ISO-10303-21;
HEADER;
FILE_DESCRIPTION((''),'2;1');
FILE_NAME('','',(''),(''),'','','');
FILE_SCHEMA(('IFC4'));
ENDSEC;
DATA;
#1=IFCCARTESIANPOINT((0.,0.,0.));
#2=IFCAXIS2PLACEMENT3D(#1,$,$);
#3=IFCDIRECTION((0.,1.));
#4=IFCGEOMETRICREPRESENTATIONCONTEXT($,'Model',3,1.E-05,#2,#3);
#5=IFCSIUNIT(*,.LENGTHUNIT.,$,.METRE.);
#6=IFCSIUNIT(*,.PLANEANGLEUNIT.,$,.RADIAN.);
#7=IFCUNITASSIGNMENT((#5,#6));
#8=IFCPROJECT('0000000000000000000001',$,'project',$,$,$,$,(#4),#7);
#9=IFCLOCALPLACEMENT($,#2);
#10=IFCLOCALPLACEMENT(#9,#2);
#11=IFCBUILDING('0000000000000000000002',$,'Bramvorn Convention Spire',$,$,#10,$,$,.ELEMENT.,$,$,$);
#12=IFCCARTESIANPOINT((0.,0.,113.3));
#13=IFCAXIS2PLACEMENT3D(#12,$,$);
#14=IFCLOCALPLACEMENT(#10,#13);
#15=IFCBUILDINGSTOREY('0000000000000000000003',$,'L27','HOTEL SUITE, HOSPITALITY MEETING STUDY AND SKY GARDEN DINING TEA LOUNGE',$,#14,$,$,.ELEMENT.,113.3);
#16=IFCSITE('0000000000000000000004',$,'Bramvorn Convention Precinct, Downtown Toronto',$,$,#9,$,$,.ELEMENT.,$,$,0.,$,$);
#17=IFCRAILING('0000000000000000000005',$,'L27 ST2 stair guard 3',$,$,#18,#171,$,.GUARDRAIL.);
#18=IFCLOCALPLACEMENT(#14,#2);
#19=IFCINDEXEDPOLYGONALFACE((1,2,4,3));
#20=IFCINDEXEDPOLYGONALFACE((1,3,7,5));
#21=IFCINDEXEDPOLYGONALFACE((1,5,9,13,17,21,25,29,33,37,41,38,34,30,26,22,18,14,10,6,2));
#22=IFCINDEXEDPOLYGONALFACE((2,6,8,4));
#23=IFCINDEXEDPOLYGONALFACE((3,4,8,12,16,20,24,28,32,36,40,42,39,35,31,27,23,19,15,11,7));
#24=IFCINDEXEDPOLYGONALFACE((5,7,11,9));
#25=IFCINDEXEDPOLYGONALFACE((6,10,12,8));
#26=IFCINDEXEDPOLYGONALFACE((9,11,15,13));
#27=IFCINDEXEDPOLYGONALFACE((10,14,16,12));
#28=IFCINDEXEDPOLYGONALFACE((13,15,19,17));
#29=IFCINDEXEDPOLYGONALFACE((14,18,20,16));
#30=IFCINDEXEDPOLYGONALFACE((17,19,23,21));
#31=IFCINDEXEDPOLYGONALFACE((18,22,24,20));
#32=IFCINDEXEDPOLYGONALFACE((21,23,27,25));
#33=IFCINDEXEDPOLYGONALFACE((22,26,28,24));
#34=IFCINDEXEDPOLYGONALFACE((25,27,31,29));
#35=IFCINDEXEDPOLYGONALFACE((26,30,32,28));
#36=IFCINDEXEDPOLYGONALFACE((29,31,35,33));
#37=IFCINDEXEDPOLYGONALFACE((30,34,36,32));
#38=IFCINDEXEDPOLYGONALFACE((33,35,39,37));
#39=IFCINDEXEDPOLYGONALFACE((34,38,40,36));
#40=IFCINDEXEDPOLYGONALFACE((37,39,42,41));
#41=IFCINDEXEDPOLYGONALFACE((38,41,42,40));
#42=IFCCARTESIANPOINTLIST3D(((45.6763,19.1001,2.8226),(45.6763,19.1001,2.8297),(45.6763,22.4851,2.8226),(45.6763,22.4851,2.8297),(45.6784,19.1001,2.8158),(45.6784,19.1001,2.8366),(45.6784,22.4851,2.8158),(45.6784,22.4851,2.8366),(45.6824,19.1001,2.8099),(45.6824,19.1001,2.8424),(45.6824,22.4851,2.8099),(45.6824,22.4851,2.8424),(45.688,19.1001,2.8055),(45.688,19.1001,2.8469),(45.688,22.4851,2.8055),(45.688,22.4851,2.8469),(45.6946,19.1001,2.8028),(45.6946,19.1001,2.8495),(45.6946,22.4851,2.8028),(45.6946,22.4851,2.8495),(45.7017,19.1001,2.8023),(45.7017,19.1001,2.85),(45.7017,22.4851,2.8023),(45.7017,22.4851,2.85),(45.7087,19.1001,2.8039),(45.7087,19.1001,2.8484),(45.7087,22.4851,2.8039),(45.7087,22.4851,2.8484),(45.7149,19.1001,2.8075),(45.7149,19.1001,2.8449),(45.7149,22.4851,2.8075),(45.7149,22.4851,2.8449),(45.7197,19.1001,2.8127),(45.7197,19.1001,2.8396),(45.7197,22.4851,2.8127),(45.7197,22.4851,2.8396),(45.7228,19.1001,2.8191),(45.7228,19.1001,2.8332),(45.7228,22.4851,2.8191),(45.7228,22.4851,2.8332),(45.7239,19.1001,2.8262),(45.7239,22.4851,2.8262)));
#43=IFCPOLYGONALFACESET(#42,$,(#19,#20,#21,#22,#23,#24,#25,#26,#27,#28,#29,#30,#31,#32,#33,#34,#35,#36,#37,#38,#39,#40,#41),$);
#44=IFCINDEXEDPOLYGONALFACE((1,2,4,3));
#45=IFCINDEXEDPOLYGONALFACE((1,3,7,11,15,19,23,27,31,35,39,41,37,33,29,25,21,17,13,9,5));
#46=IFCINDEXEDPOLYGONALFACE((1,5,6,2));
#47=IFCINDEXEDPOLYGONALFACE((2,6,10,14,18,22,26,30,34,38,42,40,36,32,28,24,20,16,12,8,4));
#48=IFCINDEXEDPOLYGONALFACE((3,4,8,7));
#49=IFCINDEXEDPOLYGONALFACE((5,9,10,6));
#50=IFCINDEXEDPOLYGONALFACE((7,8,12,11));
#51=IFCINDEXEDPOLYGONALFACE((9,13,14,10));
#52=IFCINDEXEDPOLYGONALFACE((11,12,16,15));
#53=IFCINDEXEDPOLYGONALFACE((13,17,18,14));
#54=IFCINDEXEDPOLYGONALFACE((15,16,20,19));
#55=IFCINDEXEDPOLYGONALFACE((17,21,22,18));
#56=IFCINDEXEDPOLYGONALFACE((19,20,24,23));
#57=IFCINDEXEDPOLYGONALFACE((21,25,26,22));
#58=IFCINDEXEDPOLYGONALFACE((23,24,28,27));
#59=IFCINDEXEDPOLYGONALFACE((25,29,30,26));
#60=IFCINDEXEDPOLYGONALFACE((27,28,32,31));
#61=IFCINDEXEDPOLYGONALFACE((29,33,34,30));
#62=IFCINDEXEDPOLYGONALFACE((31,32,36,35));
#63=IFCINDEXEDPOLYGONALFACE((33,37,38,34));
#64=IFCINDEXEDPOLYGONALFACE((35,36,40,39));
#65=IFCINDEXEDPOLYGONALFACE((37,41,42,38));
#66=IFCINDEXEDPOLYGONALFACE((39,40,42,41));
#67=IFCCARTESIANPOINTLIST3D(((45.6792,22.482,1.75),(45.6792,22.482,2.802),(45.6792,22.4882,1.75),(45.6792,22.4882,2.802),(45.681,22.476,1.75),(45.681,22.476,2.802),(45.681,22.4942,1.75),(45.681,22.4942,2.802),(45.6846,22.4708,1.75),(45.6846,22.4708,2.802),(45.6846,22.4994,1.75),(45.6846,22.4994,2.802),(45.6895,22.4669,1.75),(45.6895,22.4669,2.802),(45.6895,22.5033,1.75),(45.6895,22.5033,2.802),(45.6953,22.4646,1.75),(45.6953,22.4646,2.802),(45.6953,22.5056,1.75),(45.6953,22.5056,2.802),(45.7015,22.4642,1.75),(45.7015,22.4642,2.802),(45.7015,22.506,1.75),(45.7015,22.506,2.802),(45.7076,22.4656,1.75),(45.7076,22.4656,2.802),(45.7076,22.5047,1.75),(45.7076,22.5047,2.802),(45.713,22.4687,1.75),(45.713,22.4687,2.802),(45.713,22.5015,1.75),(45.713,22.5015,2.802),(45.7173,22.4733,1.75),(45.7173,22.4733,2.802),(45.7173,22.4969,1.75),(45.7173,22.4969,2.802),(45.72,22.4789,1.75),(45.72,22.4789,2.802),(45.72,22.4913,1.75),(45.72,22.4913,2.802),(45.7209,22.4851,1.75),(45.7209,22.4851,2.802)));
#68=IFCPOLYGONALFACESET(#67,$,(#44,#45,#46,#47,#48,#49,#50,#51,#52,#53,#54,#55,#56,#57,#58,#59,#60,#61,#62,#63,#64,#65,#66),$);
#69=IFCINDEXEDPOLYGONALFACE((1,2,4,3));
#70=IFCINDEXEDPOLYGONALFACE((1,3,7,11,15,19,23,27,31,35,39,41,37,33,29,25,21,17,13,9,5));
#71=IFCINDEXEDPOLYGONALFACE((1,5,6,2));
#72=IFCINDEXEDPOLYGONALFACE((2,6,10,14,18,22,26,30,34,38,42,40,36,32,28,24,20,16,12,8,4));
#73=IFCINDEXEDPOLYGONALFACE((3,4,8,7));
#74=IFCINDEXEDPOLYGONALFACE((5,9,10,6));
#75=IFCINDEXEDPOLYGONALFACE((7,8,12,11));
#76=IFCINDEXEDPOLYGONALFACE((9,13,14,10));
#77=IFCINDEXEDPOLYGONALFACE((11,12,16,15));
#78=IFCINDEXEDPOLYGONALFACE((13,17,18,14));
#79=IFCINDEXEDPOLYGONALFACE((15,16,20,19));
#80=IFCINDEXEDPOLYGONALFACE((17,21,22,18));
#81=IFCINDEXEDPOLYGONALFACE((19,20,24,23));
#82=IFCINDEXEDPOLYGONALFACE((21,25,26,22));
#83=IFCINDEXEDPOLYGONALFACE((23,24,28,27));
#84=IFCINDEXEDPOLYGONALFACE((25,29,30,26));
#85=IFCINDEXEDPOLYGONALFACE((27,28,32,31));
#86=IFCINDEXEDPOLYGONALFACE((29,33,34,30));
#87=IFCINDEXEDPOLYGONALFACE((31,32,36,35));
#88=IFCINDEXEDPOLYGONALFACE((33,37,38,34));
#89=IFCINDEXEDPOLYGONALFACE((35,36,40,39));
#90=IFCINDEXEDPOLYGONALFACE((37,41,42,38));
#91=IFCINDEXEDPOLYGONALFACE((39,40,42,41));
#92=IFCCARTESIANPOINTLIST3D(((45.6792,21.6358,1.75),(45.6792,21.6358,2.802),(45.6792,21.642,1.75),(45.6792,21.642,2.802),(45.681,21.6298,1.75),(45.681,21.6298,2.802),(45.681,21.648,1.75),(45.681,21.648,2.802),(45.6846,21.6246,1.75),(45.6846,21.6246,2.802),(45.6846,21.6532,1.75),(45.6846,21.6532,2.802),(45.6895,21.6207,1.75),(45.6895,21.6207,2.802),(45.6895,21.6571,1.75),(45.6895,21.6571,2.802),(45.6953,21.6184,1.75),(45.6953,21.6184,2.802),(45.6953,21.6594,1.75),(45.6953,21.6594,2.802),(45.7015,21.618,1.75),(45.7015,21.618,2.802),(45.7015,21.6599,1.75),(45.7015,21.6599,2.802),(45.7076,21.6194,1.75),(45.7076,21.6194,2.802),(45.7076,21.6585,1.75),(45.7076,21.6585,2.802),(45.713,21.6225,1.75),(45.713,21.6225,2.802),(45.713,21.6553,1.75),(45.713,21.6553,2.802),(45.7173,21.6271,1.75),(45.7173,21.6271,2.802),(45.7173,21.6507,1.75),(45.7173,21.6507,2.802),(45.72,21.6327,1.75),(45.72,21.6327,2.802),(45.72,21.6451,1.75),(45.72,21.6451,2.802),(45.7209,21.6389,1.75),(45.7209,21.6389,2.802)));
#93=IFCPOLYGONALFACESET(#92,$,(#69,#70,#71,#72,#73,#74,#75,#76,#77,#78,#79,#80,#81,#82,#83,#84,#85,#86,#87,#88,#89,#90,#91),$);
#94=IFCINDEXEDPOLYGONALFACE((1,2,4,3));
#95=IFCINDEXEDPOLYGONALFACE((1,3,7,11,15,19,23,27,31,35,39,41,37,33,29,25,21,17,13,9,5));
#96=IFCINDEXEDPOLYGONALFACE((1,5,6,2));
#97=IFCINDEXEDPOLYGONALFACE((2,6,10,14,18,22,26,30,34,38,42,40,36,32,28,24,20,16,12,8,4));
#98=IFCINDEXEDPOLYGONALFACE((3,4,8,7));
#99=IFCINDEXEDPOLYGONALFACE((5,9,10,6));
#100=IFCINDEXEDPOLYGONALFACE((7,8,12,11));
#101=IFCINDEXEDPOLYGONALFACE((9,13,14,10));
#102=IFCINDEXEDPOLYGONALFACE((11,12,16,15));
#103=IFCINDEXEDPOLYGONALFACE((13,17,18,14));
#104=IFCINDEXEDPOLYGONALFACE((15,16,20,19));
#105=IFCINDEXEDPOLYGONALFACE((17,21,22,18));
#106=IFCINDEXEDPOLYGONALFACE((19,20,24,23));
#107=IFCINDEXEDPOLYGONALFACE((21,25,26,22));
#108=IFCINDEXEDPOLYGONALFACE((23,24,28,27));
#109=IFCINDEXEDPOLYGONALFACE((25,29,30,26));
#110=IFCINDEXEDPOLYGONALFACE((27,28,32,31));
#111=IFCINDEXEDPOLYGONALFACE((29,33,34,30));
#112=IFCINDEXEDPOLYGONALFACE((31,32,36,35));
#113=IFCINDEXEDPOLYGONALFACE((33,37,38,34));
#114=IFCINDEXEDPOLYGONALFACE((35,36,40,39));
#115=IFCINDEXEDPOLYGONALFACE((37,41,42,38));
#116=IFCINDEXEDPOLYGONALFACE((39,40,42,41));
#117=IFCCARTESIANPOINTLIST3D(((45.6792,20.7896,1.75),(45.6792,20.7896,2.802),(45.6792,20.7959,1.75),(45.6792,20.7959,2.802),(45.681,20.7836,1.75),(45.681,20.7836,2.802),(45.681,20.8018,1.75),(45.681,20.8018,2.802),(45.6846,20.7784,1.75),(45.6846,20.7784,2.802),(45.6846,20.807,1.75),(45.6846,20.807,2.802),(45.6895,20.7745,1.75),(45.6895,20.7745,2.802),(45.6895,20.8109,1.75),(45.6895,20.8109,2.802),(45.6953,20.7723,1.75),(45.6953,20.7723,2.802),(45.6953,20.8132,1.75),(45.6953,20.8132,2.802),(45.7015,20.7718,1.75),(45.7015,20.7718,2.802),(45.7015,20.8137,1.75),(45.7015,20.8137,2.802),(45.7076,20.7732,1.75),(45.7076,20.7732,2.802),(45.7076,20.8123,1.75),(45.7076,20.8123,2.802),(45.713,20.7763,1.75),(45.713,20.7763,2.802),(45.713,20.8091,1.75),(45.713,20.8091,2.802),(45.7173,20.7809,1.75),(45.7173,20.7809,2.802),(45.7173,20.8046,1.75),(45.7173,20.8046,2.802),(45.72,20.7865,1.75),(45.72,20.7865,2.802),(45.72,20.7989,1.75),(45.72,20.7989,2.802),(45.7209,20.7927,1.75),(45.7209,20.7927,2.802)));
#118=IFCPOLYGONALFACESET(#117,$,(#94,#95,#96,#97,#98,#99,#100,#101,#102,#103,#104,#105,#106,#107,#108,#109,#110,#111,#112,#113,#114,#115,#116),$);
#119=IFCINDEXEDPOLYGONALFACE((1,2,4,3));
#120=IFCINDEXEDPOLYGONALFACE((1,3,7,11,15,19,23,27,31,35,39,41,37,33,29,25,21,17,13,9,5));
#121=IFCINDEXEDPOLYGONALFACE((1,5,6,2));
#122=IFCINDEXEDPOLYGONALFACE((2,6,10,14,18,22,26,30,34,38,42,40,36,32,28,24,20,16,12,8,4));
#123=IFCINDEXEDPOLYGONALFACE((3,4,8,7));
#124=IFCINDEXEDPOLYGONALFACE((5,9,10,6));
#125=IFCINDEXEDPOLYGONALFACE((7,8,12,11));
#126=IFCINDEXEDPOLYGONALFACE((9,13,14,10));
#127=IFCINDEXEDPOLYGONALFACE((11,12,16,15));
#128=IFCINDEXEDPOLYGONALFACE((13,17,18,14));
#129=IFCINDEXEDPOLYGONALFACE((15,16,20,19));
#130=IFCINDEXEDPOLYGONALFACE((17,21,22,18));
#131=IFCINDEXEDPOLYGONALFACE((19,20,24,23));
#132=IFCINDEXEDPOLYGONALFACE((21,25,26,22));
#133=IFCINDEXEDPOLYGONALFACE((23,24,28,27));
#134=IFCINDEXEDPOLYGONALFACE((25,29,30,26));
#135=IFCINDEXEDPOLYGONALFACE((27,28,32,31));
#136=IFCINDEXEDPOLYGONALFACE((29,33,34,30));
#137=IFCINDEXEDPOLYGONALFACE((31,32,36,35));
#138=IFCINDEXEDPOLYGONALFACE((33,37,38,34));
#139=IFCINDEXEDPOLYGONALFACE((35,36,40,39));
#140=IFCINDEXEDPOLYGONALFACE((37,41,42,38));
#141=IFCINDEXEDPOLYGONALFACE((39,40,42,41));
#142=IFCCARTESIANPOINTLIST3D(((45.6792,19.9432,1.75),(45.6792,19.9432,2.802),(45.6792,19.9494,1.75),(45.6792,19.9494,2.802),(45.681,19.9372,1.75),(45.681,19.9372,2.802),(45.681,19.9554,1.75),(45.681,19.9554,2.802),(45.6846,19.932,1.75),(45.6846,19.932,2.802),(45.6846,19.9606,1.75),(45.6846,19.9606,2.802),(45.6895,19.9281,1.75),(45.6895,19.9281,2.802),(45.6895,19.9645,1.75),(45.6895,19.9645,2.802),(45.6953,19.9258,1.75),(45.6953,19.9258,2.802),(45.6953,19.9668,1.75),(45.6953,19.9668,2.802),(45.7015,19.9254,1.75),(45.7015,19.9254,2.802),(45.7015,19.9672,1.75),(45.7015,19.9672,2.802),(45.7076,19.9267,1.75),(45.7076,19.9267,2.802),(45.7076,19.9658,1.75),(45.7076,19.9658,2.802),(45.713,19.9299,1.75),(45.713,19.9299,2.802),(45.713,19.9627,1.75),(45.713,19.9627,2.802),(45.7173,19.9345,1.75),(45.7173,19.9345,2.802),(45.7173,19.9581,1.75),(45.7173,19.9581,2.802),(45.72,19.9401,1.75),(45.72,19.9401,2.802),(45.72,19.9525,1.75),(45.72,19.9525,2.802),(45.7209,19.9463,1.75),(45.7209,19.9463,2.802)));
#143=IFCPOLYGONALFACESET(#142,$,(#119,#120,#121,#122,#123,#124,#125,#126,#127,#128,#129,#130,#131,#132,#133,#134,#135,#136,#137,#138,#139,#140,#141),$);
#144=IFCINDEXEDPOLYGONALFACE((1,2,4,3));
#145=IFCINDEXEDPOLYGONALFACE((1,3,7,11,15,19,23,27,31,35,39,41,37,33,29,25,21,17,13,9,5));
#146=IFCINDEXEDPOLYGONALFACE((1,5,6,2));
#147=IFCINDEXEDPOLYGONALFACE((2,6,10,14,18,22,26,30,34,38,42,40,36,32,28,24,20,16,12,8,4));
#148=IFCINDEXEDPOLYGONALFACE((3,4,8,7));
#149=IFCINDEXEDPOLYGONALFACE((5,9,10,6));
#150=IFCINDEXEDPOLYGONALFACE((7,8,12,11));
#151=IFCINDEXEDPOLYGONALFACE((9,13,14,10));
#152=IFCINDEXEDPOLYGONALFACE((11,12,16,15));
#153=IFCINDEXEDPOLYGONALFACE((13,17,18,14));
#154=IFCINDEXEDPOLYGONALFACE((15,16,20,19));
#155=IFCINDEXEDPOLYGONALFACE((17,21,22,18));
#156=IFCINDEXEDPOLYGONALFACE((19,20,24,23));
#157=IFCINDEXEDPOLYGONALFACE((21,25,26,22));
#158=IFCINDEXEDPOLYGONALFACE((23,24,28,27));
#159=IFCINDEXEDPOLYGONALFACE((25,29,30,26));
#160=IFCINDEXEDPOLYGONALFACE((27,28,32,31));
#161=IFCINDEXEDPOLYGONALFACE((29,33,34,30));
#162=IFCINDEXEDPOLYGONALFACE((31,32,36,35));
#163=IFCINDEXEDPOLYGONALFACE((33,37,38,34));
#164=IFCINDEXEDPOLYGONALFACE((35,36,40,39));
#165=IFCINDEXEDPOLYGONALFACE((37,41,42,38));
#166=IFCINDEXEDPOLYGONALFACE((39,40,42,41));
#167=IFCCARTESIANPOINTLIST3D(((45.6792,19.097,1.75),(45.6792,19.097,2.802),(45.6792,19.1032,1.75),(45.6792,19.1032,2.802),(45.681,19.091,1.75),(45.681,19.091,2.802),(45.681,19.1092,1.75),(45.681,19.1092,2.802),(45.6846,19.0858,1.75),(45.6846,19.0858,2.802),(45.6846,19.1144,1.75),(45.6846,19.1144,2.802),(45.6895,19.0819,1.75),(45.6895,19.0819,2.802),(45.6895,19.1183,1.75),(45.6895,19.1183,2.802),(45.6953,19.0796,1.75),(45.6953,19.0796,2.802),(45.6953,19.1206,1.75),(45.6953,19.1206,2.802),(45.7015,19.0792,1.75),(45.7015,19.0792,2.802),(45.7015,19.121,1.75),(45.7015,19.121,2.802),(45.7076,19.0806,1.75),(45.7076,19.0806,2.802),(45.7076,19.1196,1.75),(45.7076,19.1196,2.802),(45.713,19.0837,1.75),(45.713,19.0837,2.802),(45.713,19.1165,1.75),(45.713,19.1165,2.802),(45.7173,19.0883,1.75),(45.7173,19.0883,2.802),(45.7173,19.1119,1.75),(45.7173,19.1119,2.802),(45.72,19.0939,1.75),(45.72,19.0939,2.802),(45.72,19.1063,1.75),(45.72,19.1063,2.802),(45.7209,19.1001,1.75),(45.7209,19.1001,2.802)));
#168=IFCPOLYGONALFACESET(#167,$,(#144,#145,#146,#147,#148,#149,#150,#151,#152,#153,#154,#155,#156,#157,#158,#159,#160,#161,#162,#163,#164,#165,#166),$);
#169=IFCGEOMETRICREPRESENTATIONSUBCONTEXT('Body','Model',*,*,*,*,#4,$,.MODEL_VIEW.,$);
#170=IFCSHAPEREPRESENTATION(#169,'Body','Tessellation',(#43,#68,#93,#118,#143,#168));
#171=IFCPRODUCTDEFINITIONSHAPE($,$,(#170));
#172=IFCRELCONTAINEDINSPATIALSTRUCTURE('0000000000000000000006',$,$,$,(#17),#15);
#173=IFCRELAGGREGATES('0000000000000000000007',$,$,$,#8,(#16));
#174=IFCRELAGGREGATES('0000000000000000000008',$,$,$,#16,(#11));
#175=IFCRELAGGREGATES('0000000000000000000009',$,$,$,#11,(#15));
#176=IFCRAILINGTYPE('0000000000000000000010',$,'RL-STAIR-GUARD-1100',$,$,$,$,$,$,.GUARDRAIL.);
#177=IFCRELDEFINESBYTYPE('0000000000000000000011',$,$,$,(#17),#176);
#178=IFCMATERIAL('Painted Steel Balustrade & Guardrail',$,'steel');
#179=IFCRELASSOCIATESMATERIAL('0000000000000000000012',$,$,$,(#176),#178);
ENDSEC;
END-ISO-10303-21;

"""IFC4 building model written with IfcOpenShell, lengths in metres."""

from ifc_helpers import new_model, si_unit, direction, frame, origin, origin_2d, place, context, subcontext, project, spatial, circle, extrude, material, type_object, element, save


model = new_model("IFC4")

# Units and contexts
model_context = context("Model", 3, precision=1e-05, world=origin(), true_north=direction((0.0, 1.0)))
body_context = subcontext(model_context, "Body", "Model", "MODEL_VIEW")
ifc_project = project(units=[si_unit("LENGTHUNIT", "METRE"), si_unit("PLANEANGLEUNIT", "RADIAN")], contexts=[model_context])

# Site, building, storey
site_placement = place(None, origin())
site = spatial("IfcSite", under=ifc_project, at=site_placement, Name="Bramvorn Convention Precinct, Downtown Toronto", CompositionType="ELEMENT", RefElevation=0.0)
building_placement = place(site_placement, origin())
building = spatial("IfcBuilding", under=site, at=building_placement, Name="Bramvorn Convention Spire", CompositionType="ELEMENT")
storey_placement = place(building_placement, frame((0.0, 0.0, 113.3)))
storey = spatial("IfcBuildingStorey", under=building, at=storey_placement, Name="L27", Description="HOTEL SUITE, HOSPITALITY MEETING STUDY AND SKY GARDEN DINING TEA LOUNGE", CompositionType="ELEMENT", Elevation=113.3)

# Railing
ifc_material_1 = material(Name="Painted Steel Balustrade & Guardrail", Category="steel")
railing_type_1 = type_object("IfcRailingType", Name="RL-STAIR-GUARD-1100", PredefinedType="GUARDRAIL", material=ifc_material_1)
railing_1_placement = place(storey_placement, frame((45.7, 22.4851, 1.75)))
element("IfcRailing", 1, at=railing_1_placement, inside=storey, type_object=railing_type_1, Name="L27 ST2 stair guard 3", PredefinedType="GUARDRAIL", context=body_context, shape_type="SweptSolid", body=[
    extrude(circle(Radius=0.0239, at=origin_2d()), frame((0.0, 0.0, 1.0762), z_axis=(0.0, -1.0, 0.0), x_axis=(1.0, 0.0, 0.0)), (0.0, 0.0, 1.0), 3.385),
    extrude(circle(Radius=0.021, at=origin_2d()), origin(), (0.0, 0.0, 1.0), 1.052),
    extrude(circle(Radius=0.021, at=origin_2d()), frame((0.0, -0.8462, 0.0)), (0.0, 0.0, 1.0), 1.052),
    extrude(circle(Radius=0.021, at=origin_2d()), frame((0.0, -1.6924, 0.0)), (0.0, 0.0, 1.0), 1.052),
    extrude(circle(Radius=0.021, at=origin_2d()), frame((0.0, -2.5388, 0.0)), (0.0, 0.0, 1.0), 1.052),
    extrude(circle(Radius=0.021, at=origin_2d()), frame((0.0, -3.385, 0.0)), (0.0, 0.0, 1.0), 1.052),
])

save(model, "model.ifc")
